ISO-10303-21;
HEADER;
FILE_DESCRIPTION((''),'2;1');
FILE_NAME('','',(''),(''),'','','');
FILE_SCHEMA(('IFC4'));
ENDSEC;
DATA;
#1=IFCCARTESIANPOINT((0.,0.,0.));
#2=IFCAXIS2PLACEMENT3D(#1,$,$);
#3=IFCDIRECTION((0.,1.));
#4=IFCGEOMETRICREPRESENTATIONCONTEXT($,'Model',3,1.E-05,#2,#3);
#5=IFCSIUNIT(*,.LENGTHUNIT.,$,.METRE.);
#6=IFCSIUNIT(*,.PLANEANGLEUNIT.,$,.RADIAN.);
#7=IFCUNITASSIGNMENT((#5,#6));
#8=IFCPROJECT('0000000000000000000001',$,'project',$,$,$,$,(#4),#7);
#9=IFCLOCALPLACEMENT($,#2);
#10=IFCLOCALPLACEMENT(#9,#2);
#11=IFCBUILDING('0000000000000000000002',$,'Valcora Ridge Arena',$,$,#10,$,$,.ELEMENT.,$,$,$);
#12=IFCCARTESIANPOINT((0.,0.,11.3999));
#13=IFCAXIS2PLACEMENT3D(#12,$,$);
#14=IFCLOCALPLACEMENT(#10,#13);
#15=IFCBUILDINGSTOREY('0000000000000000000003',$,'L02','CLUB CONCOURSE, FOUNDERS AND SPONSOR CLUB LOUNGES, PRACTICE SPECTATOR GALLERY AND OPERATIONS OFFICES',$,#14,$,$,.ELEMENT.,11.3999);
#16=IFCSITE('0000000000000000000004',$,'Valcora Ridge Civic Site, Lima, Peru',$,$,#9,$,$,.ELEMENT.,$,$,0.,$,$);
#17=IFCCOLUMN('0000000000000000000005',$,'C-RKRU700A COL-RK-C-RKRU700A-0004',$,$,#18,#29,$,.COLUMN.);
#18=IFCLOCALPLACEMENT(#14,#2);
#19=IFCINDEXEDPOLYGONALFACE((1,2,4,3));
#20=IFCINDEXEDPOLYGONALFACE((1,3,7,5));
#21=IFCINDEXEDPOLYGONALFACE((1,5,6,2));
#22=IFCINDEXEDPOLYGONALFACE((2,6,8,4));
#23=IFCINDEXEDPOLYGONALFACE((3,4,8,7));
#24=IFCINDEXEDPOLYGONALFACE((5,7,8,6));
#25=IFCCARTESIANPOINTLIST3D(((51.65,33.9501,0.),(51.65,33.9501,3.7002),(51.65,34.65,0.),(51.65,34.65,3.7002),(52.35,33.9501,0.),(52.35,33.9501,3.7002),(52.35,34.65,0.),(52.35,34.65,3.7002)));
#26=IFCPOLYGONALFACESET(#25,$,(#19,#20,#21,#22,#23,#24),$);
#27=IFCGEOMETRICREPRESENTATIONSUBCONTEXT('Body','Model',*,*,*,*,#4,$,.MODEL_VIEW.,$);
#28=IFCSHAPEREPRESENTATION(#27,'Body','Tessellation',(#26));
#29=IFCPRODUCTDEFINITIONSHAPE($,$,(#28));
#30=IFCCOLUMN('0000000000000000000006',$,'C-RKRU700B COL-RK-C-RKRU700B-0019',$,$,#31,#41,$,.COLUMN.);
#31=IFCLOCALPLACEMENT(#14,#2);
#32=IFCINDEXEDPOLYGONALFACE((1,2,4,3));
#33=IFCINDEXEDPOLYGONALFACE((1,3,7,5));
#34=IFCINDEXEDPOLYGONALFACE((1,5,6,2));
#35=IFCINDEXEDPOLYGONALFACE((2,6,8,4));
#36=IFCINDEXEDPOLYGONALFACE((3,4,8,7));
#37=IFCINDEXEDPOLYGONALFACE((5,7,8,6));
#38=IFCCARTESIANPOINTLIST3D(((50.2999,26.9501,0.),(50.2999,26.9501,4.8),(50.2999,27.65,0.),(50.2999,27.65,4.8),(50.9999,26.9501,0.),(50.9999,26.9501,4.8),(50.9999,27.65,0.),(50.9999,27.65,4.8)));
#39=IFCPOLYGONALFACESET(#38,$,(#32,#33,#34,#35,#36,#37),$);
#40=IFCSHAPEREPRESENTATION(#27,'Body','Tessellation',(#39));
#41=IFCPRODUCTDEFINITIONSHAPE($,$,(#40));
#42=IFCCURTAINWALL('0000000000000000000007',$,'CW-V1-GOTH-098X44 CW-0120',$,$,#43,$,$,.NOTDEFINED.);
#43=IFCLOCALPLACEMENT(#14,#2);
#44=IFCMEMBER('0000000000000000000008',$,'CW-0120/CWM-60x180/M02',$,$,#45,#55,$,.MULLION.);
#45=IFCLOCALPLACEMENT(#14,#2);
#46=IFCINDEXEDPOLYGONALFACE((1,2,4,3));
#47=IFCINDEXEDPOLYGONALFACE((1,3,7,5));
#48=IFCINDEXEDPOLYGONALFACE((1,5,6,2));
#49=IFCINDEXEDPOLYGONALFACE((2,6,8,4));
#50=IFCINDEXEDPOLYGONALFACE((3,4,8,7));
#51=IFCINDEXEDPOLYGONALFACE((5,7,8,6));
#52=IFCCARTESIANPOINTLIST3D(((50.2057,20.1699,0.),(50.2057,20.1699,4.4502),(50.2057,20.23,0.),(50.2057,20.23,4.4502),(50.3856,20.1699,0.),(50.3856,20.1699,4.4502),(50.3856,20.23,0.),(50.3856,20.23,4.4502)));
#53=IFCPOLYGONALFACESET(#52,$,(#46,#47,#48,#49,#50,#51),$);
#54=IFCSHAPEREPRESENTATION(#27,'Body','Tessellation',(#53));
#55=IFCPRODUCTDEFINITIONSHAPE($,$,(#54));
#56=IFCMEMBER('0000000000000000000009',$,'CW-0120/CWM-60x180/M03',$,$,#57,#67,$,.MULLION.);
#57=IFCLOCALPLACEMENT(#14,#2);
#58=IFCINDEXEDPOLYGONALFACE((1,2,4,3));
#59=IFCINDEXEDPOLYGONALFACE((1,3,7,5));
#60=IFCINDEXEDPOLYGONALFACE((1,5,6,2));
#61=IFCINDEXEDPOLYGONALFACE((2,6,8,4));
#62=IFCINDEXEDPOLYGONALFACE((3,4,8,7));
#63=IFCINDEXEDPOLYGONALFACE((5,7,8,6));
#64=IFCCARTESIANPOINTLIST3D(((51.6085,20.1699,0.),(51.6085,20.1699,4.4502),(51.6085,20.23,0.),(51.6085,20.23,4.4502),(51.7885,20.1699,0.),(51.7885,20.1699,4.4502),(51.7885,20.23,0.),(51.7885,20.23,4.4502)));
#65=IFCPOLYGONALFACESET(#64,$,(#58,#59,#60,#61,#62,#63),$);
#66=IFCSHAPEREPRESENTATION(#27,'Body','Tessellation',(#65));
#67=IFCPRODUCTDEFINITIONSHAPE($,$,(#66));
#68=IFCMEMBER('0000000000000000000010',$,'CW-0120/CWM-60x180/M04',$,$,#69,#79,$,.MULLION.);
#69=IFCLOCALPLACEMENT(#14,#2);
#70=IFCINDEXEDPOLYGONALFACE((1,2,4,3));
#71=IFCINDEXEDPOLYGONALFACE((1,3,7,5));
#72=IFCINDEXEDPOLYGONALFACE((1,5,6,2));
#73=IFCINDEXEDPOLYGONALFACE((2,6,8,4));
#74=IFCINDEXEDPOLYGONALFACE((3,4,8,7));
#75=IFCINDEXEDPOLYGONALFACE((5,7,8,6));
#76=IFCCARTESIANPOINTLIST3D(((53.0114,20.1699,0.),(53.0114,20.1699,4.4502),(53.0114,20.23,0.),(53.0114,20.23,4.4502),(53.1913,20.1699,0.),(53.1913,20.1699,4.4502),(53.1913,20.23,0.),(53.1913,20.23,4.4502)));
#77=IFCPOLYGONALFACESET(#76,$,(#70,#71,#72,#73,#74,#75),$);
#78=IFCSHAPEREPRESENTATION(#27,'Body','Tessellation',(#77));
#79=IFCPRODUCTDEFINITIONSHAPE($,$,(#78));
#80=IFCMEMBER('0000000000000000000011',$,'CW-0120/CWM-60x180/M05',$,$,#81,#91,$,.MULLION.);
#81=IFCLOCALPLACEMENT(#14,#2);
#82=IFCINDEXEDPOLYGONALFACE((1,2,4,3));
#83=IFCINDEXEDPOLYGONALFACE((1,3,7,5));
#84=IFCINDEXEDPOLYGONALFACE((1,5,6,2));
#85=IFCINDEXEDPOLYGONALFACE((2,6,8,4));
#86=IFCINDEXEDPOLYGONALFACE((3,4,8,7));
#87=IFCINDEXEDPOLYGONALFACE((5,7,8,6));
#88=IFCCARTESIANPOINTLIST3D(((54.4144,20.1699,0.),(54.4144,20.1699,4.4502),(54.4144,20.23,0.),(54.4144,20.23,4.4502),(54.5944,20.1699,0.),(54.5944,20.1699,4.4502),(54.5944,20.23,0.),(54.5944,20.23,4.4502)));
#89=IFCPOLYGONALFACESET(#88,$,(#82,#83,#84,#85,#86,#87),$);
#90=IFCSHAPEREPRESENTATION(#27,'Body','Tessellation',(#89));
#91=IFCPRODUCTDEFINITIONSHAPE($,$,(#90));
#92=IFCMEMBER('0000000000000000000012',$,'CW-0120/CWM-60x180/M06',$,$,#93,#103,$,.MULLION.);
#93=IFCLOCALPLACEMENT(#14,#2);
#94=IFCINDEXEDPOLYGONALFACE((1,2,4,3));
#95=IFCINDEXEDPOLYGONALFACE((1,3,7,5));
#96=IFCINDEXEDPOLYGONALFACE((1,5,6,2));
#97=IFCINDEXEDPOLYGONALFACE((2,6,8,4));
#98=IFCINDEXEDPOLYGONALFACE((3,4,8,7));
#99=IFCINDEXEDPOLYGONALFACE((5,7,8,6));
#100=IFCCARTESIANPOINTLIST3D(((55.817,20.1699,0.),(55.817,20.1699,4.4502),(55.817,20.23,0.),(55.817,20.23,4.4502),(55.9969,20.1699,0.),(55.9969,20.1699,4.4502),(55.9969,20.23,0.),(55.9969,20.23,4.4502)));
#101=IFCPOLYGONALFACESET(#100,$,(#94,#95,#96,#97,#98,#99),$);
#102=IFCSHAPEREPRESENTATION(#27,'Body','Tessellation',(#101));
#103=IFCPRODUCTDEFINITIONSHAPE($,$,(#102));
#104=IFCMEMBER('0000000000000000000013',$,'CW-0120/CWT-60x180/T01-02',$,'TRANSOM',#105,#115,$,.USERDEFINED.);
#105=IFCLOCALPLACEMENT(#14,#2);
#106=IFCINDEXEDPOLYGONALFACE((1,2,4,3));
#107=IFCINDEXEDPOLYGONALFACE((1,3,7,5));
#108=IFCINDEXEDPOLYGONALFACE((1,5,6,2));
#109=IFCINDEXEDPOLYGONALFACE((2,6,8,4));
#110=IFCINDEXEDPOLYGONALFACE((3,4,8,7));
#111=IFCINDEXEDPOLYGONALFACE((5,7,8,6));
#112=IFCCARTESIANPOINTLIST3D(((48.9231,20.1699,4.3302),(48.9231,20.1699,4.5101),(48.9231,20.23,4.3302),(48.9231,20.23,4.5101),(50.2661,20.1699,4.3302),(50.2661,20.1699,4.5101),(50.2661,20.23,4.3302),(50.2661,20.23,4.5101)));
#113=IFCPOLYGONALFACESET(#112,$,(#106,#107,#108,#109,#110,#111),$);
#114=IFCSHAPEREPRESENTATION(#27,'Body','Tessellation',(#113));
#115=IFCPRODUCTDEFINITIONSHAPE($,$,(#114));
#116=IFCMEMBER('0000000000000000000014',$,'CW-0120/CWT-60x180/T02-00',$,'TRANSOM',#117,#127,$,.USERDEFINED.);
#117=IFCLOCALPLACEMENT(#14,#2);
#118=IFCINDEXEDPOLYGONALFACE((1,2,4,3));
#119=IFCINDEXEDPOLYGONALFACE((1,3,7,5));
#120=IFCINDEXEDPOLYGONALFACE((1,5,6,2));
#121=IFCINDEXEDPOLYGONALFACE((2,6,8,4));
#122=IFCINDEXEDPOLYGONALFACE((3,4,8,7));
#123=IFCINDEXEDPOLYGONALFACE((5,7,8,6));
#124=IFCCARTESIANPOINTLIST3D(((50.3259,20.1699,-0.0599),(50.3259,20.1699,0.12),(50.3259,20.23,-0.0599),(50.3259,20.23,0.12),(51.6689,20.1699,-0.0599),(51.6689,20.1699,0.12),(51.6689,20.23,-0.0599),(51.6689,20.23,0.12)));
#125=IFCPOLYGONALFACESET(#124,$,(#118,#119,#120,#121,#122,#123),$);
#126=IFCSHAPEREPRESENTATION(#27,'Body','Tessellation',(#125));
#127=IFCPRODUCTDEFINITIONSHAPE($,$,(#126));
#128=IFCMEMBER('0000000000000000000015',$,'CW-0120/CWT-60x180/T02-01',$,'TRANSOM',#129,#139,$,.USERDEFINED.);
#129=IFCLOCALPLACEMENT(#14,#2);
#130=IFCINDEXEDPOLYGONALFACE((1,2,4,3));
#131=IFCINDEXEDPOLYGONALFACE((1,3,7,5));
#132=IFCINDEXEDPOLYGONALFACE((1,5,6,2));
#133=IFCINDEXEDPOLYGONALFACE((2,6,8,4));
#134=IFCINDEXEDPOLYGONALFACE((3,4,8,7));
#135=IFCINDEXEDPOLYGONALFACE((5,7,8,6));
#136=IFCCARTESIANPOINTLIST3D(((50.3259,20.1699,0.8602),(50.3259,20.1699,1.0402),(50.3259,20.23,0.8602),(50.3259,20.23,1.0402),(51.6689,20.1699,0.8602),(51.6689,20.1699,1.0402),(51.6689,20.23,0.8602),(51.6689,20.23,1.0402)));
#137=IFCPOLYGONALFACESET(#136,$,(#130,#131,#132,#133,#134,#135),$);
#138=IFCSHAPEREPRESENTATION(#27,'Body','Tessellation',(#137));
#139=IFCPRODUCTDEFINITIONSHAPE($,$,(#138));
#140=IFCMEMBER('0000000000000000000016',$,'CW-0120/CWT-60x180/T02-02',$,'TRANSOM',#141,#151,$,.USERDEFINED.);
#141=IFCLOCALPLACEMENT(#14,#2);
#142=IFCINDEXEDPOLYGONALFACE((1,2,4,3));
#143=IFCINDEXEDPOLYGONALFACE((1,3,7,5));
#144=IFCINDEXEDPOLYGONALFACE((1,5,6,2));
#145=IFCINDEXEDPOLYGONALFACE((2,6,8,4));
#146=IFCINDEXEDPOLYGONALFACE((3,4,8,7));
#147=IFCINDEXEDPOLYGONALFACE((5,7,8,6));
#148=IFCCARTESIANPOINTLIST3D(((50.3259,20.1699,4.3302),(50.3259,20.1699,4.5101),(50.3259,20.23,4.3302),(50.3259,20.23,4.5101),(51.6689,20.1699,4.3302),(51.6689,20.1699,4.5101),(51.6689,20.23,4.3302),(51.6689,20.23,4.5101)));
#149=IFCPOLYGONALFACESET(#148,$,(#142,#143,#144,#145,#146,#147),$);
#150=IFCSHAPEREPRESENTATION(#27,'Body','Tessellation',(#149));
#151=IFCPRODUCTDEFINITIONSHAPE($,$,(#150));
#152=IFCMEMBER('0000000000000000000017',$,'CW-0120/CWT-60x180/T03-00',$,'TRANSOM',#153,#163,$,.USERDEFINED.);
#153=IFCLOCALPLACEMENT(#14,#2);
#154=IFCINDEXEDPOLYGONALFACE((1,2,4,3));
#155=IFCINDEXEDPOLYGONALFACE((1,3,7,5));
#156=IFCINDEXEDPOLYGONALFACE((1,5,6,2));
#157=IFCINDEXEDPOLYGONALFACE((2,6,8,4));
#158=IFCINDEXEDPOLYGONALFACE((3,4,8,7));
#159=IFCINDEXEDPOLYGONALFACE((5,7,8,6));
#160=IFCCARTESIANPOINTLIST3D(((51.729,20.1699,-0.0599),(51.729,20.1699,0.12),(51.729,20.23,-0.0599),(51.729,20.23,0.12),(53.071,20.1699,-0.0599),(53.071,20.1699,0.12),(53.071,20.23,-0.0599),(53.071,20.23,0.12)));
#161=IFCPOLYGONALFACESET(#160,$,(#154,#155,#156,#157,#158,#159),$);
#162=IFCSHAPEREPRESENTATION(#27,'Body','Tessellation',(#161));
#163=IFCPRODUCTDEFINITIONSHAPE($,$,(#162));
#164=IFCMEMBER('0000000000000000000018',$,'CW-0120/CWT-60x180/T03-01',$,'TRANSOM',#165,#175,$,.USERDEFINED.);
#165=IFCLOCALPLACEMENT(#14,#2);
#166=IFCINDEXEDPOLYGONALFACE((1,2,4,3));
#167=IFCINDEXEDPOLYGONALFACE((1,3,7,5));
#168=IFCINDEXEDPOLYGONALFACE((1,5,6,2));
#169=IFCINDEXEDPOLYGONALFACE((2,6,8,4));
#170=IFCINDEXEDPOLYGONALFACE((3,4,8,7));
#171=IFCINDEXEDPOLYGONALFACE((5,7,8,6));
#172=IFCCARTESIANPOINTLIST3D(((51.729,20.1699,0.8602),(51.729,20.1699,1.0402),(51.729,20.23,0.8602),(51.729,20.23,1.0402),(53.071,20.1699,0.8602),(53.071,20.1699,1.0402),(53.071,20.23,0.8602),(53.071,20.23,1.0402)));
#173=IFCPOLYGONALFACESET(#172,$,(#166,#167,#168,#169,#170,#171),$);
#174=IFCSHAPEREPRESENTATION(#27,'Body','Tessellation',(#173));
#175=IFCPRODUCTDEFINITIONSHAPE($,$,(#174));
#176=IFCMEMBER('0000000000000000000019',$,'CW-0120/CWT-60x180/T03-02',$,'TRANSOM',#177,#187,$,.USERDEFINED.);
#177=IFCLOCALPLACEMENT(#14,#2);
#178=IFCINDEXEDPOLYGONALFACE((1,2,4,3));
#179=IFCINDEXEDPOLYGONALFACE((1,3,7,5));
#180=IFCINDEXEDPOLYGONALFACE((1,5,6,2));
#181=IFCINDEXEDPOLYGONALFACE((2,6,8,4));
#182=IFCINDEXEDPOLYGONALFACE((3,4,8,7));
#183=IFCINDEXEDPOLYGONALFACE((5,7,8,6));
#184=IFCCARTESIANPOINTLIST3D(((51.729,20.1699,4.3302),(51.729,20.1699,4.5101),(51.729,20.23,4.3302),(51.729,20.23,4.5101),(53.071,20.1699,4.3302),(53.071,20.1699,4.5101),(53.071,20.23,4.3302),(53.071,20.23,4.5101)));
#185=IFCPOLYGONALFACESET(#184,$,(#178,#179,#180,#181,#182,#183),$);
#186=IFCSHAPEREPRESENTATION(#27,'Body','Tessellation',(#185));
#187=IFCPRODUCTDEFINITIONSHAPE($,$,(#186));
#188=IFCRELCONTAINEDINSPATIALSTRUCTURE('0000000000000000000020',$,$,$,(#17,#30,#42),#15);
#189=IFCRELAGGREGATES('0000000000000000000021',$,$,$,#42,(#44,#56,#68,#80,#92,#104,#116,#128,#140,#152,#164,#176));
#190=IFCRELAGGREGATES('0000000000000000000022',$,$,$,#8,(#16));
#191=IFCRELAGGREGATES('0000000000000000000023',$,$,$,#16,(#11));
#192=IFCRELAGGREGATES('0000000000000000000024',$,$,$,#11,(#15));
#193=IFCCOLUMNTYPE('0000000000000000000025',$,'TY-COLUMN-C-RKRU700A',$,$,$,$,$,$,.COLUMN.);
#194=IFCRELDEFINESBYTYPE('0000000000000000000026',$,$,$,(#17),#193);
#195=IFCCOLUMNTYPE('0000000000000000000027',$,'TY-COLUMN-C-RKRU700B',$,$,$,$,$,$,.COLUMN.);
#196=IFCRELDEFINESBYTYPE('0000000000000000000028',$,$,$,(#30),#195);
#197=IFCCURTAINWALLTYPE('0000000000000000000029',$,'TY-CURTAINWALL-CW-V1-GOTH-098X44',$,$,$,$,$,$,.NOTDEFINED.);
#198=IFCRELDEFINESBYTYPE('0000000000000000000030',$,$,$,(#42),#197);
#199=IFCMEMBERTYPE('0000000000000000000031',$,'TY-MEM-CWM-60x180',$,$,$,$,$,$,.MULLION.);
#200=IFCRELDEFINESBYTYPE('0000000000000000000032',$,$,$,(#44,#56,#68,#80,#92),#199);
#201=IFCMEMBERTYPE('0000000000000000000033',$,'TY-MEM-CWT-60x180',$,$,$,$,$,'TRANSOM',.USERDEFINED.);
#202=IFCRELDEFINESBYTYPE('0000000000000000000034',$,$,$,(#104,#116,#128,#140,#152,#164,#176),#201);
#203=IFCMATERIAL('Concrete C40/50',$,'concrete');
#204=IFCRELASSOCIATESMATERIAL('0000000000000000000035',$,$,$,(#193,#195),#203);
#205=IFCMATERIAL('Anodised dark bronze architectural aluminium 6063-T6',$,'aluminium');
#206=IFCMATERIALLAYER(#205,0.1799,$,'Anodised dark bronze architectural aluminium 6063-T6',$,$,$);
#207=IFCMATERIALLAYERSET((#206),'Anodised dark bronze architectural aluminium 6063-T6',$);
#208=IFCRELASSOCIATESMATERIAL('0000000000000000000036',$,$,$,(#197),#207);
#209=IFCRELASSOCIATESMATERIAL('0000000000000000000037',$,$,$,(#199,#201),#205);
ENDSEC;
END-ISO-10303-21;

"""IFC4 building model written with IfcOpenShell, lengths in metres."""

from ifc_helpers import new_model, si_unit, direction, frame, origin, origin_2d, place, context, subcontext, project, spatial, rectangle, extrude, material, layer, layer_set, material_profile, profile_set, type_object, element, aggregate, save


model = new_model("IFC4")

# Units and contexts
model_context = context("Model", 3, precision=1e-05, world=origin(), true_north=direction((0.0, 1.0)))
body_context = subcontext(model_context, "Body", "Model", "MODEL_VIEW")
ifc_project = project(units=[si_unit("LENGTHUNIT", "METRE"), si_unit("PLANEANGLEUNIT", "RADIAN")], contexts=[model_context])

# Site, building, storey
site_placement = place(None, origin())
site = spatial("IfcSite", under=ifc_project, at=site_placement, Name="Valcora Ridge Civic Site, Lima, Peru", CompositionType="ELEMENT", RefElevation=0.0)
building_placement = place(site_placement, origin())
building = spatial("IfcBuilding", under=site, at=building_placement, Name="Valcora Ridge Arena", CompositionType="ELEMENT")
storey_placement = place(building_placement, frame((0.0, 0.0, 11.3999)))
storey = spatial("IfcBuildingStorey", under=building, at=storey_placement, Name="L02", Description="CLUB CONCOURSE, FOUNDERS AND SPONSOR CLUB LOUNGES, PRACTICE SPECTATOR GALLERY AND OPERATIONS OFFICES", CompositionType="ELEMENT", Elevation=11.3999)

# Columns
ifc_material_1 = material(Name="Concrete C40/50", Category="concrete")
ifc_material_profile_1 = material_profile(ifc_material_1, rectangle(XDim=0.7, YDim=0.7, at=origin_2d()), Name="RC 700x700")
ifc_profile_set_1 = profile_set([ifc_material_profile_1], Name="Concrete C40/50")
column_type_1 = type_object("IfcColumnType", Name="TY-COLUMN-C-RKRU700A", PredefinedType="COLUMN", material=ifc_profile_set_1)
column_1_placement = place(storey_placement, frame((52.0, 34.3, 0.0), z_axis=(0.0, 0.0, 1.0), x_axis=(1.0, 0.0, 0.0)))
element("IfcColumn", 1, at=column_1_placement, inside=storey, type_object=column_type_1, Name="C-RKRU700A COL-RK-C-RKRU700A-0004", PredefinedType="COLUMN", context=body_context, shape_type="SweptSolid", body=[
    extrude(rectangle(XDim=0.7, YDim=0.7, at=origin_2d()), origin(), (0.0, 0.0, 1.0), 3.7002),
])
ifc_material_profile_2 = material_profile(ifc_material_1, rectangle(XDim=0.7, YDim=0.7, at=origin_2d()), Name="RC 700x700")
ifc_profile_set_2 = profile_set([ifc_material_profile_2], Name="Concrete C40/50")
column_type_2 = type_object("IfcColumnType", Name="TY-COLUMN-C-RKRU700B", PredefinedType="COLUMN", material=ifc_profile_set_2)
column_2_placement = place(storey_placement, frame((50.6499, 27.3, 0.0), z_axis=(0.0, 0.0, 1.0), x_axis=(1.0, 0.0, 0.0)))
element("IfcColumn", 2, at=column_2_placement, inside=storey, type_object=column_type_2, Name="C-RKRU700B COL-RK-C-RKRU700B-0019", PredefinedType="COLUMN", context=body_context, shape_type="SweptSolid", body=[
    extrude(rectangle(XDim=0.7, YDim=0.7, at=origin_2d()), origin(), (0.0, 0.0, 1.0), 4.8),
])

# Curtain wall, members
ifc_material_2 = material(Name="Anodised dark bronze architectural aluminium 6063-T6", Category="aluminium")
ifc_layer_1 = layer(ifc_material_2, 0.1799, Name="Anodised dark bronze architectural aluminium 6063-T6")
ifc_layer_set_1 = layer_set([ifc_layer_1], Name="Anodised dark bronze architectural aluminium 6063-T6")
curtain_wall_type = type_object("IfcCurtainWallType", Name="TY-CURTAINWALL-CW-V1-GOTH-098X44", PredefinedType="NOTDEFINED", material=ifc_layer_set_1)
curtain_wall_placement = place(storey_placement, origin())
curtain_wall = element("IfcCurtainWall", 3, at=curtain_wall_placement, inside=storey, type_object=curtain_wall_type, Name="CW-V1-GOTH-098X44 CW-0120", PredefinedType="NOTDEFINED")
ifc_material_profile_3 = material_profile(ifc_material_2, rectangle(XDim=0.0601, YDim=0.1799, at=origin_2d()), Name="ALU MULLION 60x180")
ifc_profile_set_3 = profile_set([ifc_material_profile_3], Name="Anodised dark bronze architectural aluminium 6063-T6")
member_type_1 = type_object("IfcMemberType", Name="TY-MEM-CWM-60x180", PredefinedType="MULLION", material=ifc_profile_set_3)
member_1_placement = place(storey_placement, frame((50.2957, 20.2, 0.0), z_axis=(0.0, 0.0, 1.0), x_axis=(0.0, 1.0, 0.0)))
member_1 = element("IfcMember", 4, at=member_1_placement, type_object=member_type_1, Name="CW-0120/CWM-60x180/M02", PredefinedType="MULLION", context=body_context, shape_type="SweptSolid", body=[
    extrude(rectangle(XDim=0.0601, YDim=0.1799, at=origin_2d()), origin(), (0.0, 0.0, 1.0), 4.4502),
])
member_2_placement = place(storey_placement, frame((51.6985, 20.2, 0.0), z_axis=(0.0, 0.0, 1.0), x_axis=(0.0, 1.0, 0.0)))
member_2 = element("IfcMember", 5, at=member_2_placement, type_object=member_type_1, Name="CW-0120/CWM-60x180/M03", PredefinedType="MULLION", context=body_context, shape_type="SweptSolid", body=[
    extrude(rectangle(XDim=0.0601, YDim=0.1799, at=origin_2d()), origin(), (0.0, 0.0, 1.0), 4.4502),
])
member_3_placement = place(storey_placement, frame((53.1013, 20.2, 0.0), z_axis=(0.0, 0.0, 1.0), x_axis=(0.0, 1.0, 0.0)))
member_3 = element("IfcMember", 6, at=member_3_placement, type_object=member_type_1, Name="CW-0120/CWM-60x180/M04", PredefinedType="MULLION", context=body_context, shape_type="SweptSolid", body=[
    extrude(rectangle(XDim=0.0601, YDim=0.1799, at=origin_2d()), origin(), (0.0, 0.0, 1.0), 4.4502),
])
member_4_placement = place(storey_placement, frame((54.5044, 20.2, 0.0), z_axis=(0.0, 0.0, 1.0), x_axis=(0.0, 1.0, 0.0)))
member_4 = element("IfcMember", 7, at=member_4_placement, type_object=member_type_1, Name="CW-0120/CWM-60x180/M05", PredefinedType="MULLION", context=body_context, shape_type="SweptSolid", body=[
    extrude(rectangle(XDim=0.0601, YDim=0.1799, at=origin_2d()), origin(), (0.0, 0.0, 1.0), 4.4502),
])
member_5_placement = place(storey_placement, frame((55.907, 20.2, 0.0), z_axis=(0.0, 0.0, 1.0), x_axis=(0.0, 1.0, 0.0)))
member_5 = element("IfcMember", 8, at=member_5_placement, type_object=member_type_1, Name="CW-0120/CWM-60x180/M06", PredefinedType="MULLION", context=body_context, shape_type="SweptSolid", body=[
    extrude(rectangle(XDim=0.0601, YDim=0.1799, at=origin_2d()), origin(), (0.0, 0.0, 1.0), 4.4502),
])
ifc_material_profile_4 = material_profile(ifc_material_2, rectangle(XDim=0.0601, YDim=0.1799, at=origin_2d()), Name="ALU TRANSOM 60x180")
ifc_profile_set_4 = profile_set([ifc_material_profile_4], Name="Anodised dark bronze architectural aluminium 6063-T6")
member_type_2 = type_object("IfcMemberType", Name="TY-MEM-CWT-60x180", ElementType="TRANSOM", PredefinedType="USERDEFINED", material=ifc_profile_set_4)
member_6_placement = place(storey_placement, frame((48.9231, 20.2, 4.4202), z_axis=(1.0, 0.0, 0.0), x_axis=(0.0, 1.0, 0.0)))
member_6 = element("IfcMember", 9, at=member_6_placement, type_object=member_type_2, Name="CW-0120/CWT-60x180/T01-02", ObjectType="TRANSOM", PredefinedType="USERDEFINED", context=body_context, shape_type="SweptSolid", body=[
    extrude(rectangle(XDim=0.0601, YDim=0.1799, at=origin_2d()), origin(), (0.0, 0.0, 1.0), 1.343),
])
member_7_placement = place(storey_placement, frame((50.3259, 20.2, 0.03), z_axis=(1.0, 0.0, 0.0), x_axis=(0.0, 1.0, 0.0)))
member_7 = element("IfcMember", 10, at=member_7_placement, type_object=member_type_2, Name="CW-0120/CWT-60x180/T02-00", ObjectType="TRANSOM", PredefinedType="USERDEFINED", context=body_context, shape_type="SweptSolid", body=[
    extrude(rectangle(XDim=0.0601, YDim=0.1799, at=origin_2d()), origin(), (0.0, 0.0, 1.0), 1.343),
])
member_8_placement = place(storey_placement, frame((50.3259, 20.2, 0.9502), z_axis=(1.0, 0.0, 0.0), x_axis=(0.0, 1.0, 0.0)))
member_8 = element("IfcMember", 11, at=member_8_placement, type_object=member_type_2, Name="CW-0120/CWT-60x180/T02-01", ObjectType="TRANSOM", PredefinedType="USERDEFINED", context=body_context, shape_type="SweptSolid", body=[
    extrude(rectangle(XDim=0.0601, YDim=0.1799, at=origin_2d()), origin(), (0.0, 0.0, 1.0), 1.343),
])
member_9_placement = place(storey_placement, frame((50.3259, 20.2, 4.4202), z_axis=(1.0, 0.0, 0.0), x_axis=(0.0, 1.0, 0.0)))
member_9 = element("IfcMember", 12, at=member_9_placement, type_object=member_type_2, Name="CW-0120/CWT-60x180/T02-02", ObjectType="TRANSOM", PredefinedType="USERDEFINED", context=body_context, shape_type="SweptSolid", body=[
    extrude(rectangle(XDim=0.0601, YDim=0.1799, at=origin_2d()), origin(), (0.0, 0.0, 1.0), 1.343),
])
member_10_placement = place(storey_placement, frame((51.729, 20.2, 0.03), z_axis=(1.0, 0.0, 0.0), x_axis=(0.0, 1.0, 0.0)))
member_10 = element("IfcMember", 13, at=member_10_placement, type_object=member_type_2, Name="CW-0120/CWT-60x180/T03-00", ObjectType="TRANSOM", PredefinedType="USERDEFINED", context=body_context, shape_type="SweptSolid", body=[
    extrude(rectangle(XDim=0.0601, YDim=0.1799, at=origin_2d()), origin(), (0.0, 0.0, 1.0), 1.342),
])
member_11_placement = place(storey_placement, frame((51.729, 20.2, 0.9502), z_axis=(1.0, 0.0, 0.0), x_axis=(0.0, 1.0, 0.0)))
member_11 = element("IfcMember", 14, at=member_11_placement, type_object=member_type_2, Name="CW-0120/CWT-60x180/T03-01", ObjectType="TRANSOM", PredefinedType="USERDEFINED", context=body_context, shape_type="SweptSolid", body=[
    extrude(rectangle(XDim=0.0601, YDim=0.1799, at=origin_2d()), origin(), (0.0, 0.0, 1.0), 1.342),
])
member_12_placement = place(storey_placement, frame((51.729, 20.2, 4.4202), z_axis=(1.0, 0.0, 0.0), x_axis=(0.0, 1.0, 0.0)))
member_12 = element("IfcMember", 15, at=member_12_placement, type_object=member_type_2, Name="CW-0120/CWT-60x180/T03-02", ObjectType="TRANSOM", PredefinedType="USERDEFINED", context=body_context, shape_type="SweptSolid", body=[
    extrude(rectangle(XDim=0.0601, YDim=0.1799, at=origin_2d()), origin(), (0.0, 0.0, 1.0), 1.342),
])

aggregate(curtain_wall, [member_1, member_2, member_3, member_4, member_5, member_6, member_7, member_8, member_9, member_10, member_11, member_12])

save(model, "model.ifc")
